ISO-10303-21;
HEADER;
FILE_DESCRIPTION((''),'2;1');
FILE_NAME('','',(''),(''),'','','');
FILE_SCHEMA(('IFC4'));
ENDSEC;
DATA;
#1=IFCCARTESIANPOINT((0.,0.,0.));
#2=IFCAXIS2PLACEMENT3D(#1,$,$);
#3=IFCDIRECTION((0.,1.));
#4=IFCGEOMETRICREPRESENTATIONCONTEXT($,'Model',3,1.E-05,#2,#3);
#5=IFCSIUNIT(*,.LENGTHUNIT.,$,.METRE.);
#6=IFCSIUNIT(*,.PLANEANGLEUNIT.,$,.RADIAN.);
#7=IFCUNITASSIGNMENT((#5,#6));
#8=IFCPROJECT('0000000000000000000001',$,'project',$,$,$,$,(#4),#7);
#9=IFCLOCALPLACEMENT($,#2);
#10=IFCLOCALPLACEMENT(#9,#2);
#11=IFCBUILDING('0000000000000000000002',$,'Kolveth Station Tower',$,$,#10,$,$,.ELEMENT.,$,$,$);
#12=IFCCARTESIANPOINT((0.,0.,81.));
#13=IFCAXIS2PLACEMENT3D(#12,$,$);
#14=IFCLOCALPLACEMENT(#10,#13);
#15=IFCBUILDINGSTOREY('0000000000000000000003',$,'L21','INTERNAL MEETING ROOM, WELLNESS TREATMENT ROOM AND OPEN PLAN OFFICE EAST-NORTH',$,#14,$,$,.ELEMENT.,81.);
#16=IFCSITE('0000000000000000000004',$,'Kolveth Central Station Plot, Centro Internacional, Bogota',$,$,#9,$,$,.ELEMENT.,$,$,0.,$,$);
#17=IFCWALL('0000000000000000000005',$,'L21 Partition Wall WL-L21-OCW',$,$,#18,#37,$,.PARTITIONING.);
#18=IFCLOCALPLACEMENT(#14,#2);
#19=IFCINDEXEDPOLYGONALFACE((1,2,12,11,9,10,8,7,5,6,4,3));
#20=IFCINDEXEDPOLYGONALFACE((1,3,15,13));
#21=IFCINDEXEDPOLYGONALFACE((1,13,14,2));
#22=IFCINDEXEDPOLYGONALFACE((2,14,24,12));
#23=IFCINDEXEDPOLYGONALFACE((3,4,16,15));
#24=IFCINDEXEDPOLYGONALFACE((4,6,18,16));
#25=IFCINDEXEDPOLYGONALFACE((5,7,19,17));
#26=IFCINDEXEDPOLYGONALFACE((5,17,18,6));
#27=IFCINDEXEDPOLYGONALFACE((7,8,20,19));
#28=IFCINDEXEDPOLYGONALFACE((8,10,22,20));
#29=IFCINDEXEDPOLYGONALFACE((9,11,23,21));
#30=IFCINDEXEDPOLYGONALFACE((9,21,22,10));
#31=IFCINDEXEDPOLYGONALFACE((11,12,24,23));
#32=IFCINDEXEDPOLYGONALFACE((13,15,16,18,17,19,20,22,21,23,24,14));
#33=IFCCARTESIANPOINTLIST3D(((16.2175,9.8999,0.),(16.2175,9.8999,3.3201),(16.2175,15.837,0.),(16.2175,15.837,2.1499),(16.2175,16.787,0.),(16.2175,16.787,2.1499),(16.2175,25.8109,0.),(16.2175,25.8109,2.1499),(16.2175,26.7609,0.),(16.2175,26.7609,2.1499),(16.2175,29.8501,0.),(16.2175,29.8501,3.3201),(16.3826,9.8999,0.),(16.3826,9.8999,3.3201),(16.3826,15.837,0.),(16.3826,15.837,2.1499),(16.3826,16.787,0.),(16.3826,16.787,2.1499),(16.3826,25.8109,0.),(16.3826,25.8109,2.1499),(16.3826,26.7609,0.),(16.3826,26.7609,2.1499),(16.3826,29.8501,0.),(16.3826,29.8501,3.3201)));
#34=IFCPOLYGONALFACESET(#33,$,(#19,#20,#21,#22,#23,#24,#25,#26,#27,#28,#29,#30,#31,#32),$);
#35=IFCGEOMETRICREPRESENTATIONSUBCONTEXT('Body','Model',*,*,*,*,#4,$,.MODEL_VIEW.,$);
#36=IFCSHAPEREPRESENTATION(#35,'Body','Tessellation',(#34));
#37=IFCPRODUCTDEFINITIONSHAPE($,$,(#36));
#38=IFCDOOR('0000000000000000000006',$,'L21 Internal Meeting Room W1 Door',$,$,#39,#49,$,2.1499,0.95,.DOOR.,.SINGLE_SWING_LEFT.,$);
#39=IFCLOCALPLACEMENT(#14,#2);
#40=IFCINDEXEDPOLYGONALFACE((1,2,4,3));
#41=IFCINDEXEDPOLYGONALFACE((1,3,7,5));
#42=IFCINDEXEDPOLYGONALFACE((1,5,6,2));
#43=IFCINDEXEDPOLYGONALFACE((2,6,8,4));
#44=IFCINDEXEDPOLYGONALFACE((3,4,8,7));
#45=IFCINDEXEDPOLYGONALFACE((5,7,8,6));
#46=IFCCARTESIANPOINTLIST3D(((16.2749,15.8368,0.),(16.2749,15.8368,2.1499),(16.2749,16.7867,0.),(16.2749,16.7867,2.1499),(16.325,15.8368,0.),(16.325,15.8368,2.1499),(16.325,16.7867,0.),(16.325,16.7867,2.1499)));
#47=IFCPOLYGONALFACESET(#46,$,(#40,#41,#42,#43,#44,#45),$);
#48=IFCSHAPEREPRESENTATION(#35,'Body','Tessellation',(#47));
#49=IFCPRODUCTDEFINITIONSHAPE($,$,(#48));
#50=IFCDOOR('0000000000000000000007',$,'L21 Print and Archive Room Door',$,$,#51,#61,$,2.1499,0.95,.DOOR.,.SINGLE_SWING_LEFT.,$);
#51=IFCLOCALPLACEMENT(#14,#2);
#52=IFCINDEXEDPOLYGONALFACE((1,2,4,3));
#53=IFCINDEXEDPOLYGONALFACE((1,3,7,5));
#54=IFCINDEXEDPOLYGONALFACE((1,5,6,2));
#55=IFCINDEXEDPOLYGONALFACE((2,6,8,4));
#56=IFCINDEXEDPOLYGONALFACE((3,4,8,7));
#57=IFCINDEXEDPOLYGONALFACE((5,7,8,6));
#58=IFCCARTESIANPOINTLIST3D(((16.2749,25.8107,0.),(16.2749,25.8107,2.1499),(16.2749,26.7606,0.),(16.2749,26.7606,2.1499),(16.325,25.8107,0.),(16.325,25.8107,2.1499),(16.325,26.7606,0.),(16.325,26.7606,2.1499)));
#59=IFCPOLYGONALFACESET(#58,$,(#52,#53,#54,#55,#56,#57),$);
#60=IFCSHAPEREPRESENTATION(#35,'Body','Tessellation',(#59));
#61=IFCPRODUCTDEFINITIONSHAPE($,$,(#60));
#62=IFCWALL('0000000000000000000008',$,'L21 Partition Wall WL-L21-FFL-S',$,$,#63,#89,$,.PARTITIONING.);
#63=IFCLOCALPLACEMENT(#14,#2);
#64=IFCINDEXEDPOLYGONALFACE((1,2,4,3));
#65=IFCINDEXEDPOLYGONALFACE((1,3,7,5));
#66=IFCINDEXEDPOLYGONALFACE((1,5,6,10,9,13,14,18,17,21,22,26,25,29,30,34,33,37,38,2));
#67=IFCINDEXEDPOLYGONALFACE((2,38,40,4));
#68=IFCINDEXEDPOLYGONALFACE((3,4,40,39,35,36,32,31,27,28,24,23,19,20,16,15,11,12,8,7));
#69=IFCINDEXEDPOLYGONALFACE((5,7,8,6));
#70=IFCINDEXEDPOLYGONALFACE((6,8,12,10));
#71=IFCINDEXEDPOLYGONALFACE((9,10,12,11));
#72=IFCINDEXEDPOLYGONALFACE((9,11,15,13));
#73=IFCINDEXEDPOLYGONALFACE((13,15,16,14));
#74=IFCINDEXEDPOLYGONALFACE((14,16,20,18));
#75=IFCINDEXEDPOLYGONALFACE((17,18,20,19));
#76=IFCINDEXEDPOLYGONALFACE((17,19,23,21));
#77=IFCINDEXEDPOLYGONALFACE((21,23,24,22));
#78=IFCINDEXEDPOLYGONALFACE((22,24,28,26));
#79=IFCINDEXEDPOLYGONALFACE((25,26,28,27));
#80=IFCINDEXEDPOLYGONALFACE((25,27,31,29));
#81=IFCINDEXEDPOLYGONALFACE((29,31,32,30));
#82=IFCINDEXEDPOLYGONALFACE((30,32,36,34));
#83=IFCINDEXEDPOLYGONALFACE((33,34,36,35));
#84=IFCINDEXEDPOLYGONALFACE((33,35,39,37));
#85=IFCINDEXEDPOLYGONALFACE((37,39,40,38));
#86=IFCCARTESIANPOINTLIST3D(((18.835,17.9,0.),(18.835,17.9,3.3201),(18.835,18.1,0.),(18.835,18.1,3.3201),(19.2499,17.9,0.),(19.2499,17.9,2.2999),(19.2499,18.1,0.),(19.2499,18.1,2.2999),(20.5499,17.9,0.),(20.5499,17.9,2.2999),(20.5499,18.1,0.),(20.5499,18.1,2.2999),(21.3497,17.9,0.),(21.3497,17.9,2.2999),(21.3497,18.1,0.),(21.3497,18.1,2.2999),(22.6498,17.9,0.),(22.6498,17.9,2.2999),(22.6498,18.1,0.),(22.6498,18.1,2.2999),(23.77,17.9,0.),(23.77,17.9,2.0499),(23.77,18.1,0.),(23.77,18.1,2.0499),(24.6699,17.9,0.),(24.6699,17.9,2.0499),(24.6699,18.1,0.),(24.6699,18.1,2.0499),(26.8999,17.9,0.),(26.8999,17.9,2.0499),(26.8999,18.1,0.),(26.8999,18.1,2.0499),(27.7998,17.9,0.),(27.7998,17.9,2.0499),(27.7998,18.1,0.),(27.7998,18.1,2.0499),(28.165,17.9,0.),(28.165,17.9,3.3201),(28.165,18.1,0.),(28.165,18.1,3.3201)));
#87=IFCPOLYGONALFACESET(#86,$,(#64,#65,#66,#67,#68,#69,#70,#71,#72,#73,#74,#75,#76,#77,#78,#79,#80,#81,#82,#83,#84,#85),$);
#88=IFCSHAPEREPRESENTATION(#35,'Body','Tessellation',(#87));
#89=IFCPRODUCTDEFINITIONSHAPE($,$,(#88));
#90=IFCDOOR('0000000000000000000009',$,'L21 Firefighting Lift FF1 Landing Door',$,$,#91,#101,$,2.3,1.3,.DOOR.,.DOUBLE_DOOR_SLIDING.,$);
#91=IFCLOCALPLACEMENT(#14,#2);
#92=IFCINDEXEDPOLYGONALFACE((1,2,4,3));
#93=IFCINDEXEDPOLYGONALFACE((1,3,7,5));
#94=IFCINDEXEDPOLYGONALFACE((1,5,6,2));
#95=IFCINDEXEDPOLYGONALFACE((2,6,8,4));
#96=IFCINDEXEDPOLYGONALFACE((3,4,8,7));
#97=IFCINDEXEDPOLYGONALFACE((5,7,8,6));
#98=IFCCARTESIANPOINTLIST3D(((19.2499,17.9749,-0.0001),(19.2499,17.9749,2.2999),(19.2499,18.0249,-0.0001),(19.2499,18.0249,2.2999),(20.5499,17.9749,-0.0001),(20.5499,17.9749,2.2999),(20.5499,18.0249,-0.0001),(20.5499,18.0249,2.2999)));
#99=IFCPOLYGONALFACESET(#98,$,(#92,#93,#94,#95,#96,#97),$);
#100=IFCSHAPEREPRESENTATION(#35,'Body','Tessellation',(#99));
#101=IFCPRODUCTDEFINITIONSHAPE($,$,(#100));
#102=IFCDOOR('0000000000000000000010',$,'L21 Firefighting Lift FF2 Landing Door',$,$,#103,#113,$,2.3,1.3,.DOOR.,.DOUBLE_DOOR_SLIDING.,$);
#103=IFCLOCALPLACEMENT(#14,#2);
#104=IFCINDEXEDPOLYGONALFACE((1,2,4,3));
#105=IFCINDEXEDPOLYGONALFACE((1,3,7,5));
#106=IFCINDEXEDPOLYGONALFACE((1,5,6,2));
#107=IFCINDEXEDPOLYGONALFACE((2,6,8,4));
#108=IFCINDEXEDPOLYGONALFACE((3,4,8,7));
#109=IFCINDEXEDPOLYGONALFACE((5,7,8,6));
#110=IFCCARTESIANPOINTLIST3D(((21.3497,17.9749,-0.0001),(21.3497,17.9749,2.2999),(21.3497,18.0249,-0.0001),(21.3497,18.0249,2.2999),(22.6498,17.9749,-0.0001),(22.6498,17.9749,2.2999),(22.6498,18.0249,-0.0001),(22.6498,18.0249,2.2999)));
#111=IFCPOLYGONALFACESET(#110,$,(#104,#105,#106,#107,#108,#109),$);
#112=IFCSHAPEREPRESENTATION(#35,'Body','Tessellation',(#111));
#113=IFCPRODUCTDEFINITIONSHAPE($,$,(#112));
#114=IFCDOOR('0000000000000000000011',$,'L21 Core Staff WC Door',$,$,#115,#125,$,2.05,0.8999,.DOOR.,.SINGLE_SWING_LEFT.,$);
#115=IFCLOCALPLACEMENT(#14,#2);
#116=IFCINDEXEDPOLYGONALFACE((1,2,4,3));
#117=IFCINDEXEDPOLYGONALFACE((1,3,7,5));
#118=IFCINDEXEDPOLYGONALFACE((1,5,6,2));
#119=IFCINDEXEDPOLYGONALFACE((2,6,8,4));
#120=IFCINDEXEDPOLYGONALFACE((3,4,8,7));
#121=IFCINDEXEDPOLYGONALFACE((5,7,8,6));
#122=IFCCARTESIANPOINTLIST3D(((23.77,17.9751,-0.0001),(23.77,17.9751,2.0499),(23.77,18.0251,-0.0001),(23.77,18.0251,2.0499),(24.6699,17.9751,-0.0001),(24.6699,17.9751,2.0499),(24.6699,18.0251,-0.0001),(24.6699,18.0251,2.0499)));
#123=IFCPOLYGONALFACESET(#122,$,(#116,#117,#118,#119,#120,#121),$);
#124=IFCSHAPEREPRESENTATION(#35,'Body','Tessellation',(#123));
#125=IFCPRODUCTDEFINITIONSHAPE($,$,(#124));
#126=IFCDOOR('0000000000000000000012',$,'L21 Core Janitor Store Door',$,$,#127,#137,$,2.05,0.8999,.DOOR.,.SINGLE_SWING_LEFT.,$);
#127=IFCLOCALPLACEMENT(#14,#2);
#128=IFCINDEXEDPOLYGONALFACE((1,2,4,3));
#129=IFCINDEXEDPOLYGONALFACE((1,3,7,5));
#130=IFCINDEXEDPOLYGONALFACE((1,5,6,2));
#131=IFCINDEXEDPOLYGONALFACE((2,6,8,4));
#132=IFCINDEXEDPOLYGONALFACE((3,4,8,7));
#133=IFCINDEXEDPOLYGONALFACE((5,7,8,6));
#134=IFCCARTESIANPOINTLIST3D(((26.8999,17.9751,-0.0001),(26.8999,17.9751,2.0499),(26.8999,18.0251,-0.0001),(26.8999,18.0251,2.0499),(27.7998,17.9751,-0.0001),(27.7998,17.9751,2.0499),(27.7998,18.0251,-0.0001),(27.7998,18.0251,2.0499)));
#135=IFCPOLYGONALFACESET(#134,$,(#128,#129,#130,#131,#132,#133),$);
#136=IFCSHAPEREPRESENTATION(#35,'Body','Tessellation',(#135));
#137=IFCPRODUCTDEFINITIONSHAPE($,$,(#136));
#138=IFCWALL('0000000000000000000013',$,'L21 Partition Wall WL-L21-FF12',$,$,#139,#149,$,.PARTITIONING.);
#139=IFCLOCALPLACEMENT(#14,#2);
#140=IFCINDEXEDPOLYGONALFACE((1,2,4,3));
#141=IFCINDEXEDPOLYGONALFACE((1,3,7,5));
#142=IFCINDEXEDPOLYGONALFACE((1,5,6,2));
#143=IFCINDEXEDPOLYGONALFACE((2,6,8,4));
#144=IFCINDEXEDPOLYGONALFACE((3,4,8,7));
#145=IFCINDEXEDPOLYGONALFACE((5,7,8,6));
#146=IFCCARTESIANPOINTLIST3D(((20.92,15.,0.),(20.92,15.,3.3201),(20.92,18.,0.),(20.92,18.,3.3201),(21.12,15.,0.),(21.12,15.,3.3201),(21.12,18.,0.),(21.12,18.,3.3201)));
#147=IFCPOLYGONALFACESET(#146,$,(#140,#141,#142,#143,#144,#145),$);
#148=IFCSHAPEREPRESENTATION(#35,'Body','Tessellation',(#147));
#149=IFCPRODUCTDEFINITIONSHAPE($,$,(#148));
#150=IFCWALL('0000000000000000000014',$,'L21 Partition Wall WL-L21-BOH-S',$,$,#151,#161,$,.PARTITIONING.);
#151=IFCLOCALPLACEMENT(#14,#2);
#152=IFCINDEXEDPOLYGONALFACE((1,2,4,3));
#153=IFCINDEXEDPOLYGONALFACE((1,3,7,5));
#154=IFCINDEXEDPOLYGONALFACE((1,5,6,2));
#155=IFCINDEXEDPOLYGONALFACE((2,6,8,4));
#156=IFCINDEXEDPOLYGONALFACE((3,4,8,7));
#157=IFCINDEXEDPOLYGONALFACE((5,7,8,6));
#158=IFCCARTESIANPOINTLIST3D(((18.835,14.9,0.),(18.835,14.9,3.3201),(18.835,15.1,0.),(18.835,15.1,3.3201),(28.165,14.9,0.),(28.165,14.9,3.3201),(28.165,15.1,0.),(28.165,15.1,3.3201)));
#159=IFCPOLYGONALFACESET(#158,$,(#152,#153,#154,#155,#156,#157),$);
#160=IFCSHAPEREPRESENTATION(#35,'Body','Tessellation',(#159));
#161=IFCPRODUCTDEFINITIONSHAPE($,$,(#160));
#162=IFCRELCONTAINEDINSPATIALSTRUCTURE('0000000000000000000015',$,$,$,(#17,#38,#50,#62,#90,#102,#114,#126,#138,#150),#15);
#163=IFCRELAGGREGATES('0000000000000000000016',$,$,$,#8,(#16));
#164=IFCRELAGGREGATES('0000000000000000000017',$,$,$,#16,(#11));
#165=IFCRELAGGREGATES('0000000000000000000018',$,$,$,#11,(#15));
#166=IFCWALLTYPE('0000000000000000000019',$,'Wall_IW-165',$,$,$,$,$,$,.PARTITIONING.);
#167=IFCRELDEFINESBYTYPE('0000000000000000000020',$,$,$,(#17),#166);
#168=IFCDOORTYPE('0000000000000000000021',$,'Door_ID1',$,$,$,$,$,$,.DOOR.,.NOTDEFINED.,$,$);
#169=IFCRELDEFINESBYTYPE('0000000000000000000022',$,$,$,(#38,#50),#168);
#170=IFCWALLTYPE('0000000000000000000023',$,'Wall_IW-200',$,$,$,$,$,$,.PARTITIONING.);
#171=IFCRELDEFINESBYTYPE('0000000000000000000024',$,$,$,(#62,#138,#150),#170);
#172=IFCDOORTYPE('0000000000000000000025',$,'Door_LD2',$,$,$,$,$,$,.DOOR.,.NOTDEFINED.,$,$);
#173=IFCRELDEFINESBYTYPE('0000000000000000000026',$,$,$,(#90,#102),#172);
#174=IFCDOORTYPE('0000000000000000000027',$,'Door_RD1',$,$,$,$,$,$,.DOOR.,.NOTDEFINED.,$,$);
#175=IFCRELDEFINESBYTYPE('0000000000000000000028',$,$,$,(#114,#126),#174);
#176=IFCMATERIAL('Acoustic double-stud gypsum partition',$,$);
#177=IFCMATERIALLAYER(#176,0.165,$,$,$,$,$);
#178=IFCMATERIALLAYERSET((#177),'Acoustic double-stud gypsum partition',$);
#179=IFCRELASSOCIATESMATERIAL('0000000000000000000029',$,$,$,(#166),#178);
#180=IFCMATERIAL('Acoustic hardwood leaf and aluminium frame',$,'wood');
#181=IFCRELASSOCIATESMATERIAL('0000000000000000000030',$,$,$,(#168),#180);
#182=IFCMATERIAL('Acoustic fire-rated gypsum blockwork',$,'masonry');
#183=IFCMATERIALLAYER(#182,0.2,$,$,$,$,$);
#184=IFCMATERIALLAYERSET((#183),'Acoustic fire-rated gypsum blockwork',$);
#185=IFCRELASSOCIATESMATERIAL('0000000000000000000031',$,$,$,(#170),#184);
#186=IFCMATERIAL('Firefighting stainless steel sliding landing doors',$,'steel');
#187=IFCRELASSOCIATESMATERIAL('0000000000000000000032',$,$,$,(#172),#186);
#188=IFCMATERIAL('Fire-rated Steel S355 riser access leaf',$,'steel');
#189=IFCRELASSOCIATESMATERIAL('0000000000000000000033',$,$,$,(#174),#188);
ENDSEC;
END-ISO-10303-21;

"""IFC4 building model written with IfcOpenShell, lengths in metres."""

from ifc_helpers import new_model, si_unit, direction, frame, frame_2d, origin, place, context, subcontext, project, spatial, rectangle, extrude, material, layer, layer_set, type_object, element, fill, save


model = new_model("IFC4")

# Units and contexts
model_context = context("Model", 3, precision=1e-05, world=origin(), true_north=direction((0.0, 1.0)))
body_context = subcontext(model_context, "Body", "Model", "MODEL_VIEW")
ifc_project = project(units=[si_unit("LENGTHUNIT", "METRE"), si_unit("PLANEANGLEUNIT", "RADIAN")], contexts=[model_context])

# Site, building, storey
site_placement = place(None, origin())
site = spatial("IfcSite", under=ifc_project, at=site_placement, Name="Kolveth Central Station Plot, Centro Internacional, Bogota", CompositionType="ELEMENT", RefElevation=0.0)
building_placement = place(site_placement, origin())
building = spatial("IfcBuilding", under=site, at=building_placement, Name="Kolveth Station Tower", CompositionType="ELEMENT")
storey_placement = place(building_placement, frame((0.0, 0.0, 81.0)))
storey = spatial("IfcBuildingStorey", under=building, at=storey_placement, Name="L21", Description="INTERNAL MEETING ROOM, WELLNESS TREATMENT ROOM AND OPEN PLAN OFFICE EAST-NORTH", CompositionType="ELEMENT", Elevation=81.0)

# Walls, openings, doors
ifc_material_1 = material(Name="Acoustic double-stud gypsum partition")
ifc_layer_1 = layer(ifc_material_1, 0.165)
ifc_layer_set_1 = layer_set([ifc_layer_1], Name="Acoustic double-stud gypsum partition")
wall_type_1 = type_object("IfcWallType", Name="Wall_IW-165", PredefinedType="PARTITIONING", material=ifc_layer_set_1)
wall_1_placement = place(storey_placement, frame((16.3, 9.8999, 0.0), z_axis=(0.0, 0.0, 1.0), x_axis=(0.0, 1.0, 0.0)))
wall_1 = element("IfcWall", 1, at=wall_1_placement, inside=storey, type_object=wall_type_1, Name="L21 Partition Wall WL-L21-OCW", PredefinedType="PARTITIONING", context=body_context, shape_type="SweptSolid", body=[
    extrude(rectangle(XDim=19.9502, YDim=0.165, at=frame_2d((9.9751, 0.0))), origin(), (0.0, 0.0, 1.0), 3.3201),
])
opening_1_placement = place(wall_1_placement, frame((5.937, 0.0, 0.0)))
opening_1 = element("IfcOpeningElement", 2, at=opening_1_placement, cuts=wall_1, PredefinedType="OPENING", context=body_context, shape_type="SweptSolid", body=[
    extrude(rectangle(XDim=0.95, YDim=2.1499, at=frame_2d((0.4751, 1.075))), frame((0.0, 0.0925, 0.0), z_axis=(0.0, -1.0, 0.0), x_axis=(1.0, 0.0, 0.0)), (0.0, 0.0, 1.0), 0.1851),
])
opening_2_placement = place(wall_1_placement, frame((15.9109, 0.0, 0.0)))
opening_2 = element("IfcOpeningElement", 3, at=opening_2_placement, cuts=wall_1, PredefinedType="OPENING", context=body_context, shape_type="SweptSolid", body=[
    extrude(rectangle(XDim=0.95, YDim=2.1499, at=frame_2d((0.4751, 1.075))), frame((0.0, 0.0925, 0.0), z_axis=(0.0, -1.0, 0.0), x_axis=(1.0, 0.0, 0.0)), (0.0, 0.0, 1.0), 0.1851),
])
ifc_material_2 = material(Name="Acoustic hardwood leaf and aluminium frame", Category="wood")
door_type_1 = type_object("IfcDoorType", Name="Door_ID1", OperationType="NOTDEFINED", PredefinedType="DOOR", material=ifc_material_2)
door_1_placement = place(opening_1_placement, frame((0.95, 0.0, 0.0), z_axis=(0.0, 0.0, 1.0), x_axis=(-1.0, 0.0, 0.0)))
door_1 = element("IfcDoor", 4, at=door_1_placement, inside=storey, type_object=door_type_1, Name="L21 Internal Meeting Room W1 Door", OperationType="SINGLE_SWING_LEFT", OverallHeight=2.1499, OverallWidth=0.95, PredefinedType="DOOR", context=body_context, shape_type="SweptSolid", body=[
    extrude(rectangle(XDim=0.95, YDim=2.1499, at=frame_2d((0.4751, 1.075))), frame((0.0, 0.0249, 0.0), z_axis=(0.0, -1.0, 0.0), x_axis=(1.0, 0.0, 0.0)), (0.0, 0.0, 1.0), 0.05),
])
fill(opening_1, door_1)
door_2_placement = place(opening_2_placement, frame((0.95, 0.0, 0.0), z_axis=(0.0, 0.0, 1.0), x_axis=(-1.0, 0.0, 0.0)))
door_2 = element("IfcDoor", 5, at=door_2_placement, inside=storey, type_object=door_type_1, Name="L21 Print and Archive Room Door", OperationType="SINGLE_SWING_LEFT", OverallHeight=2.1499, OverallWidth=0.95, PredefinedType="DOOR", context=body_context, shape_type="SweptSolid", body=[
    extrude(rectangle(XDim=0.95, YDim=2.1499, at=frame_2d((0.4751, 1.075))), frame((0.0, 0.0249, 0.0), z_axis=(0.0, -1.0, 0.0), x_axis=(1.0, 0.0, 0.0)), (0.0, 0.0, 1.0), 0.05),
])
fill(opening_2, door_2)
ifc_material_3 = material(Name="Acoustic fire-rated gypsum blockwork", Category="masonry")
ifc_layer_2 = layer(ifc_material_3, 0.2)
ifc_layer_set_2 = layer_set([ifc_layer_2], Name="Acoustic fire-rated gypsum blockwork")
wall_type_2 = type_object("IfcWallType", Name="Wall_IW-200", PredefinedType="PARTITIONING", material=ifc_layer_set_2)
wall_2_placement = place(storey_placement, frame((18.835, 18.0, 0.0), z_axis=(0.0, 0.0, 1.0), x_axis=(1.0, 0.0, 0.0)))
wall_2 = element("IfcWall", 6, at=wall_2_placement, inside=storey, type_object=wall_type_2, Name="L21 Partition Wall WL-L21-FFL-S", PredefinedType="PARTITIONING", context=body_context, shape_type="SweptSolid", body=[
    extrude(rectangle(XDim=9.3301, YDim=0.2, at=frame_2d((4.665, 0.0))), origin(), (0.0, 0.0, 1.0), 3.3201),
])
opening_3_placement = place(wall_2_placement, frame((0.415, 0.0, 0.0)))
opening_3 = element("IfcOpeningElement", 7, at=opening_3_placement, cuts=wall_2, PredefinedType="OPENING", context=body_context, shape_type="SweptSolid", body=[
    extrude(rectangle(XDim=1.3, YDim=2.3, at=frame_2d((0.6499, 1.1499))), frame((0.0, 0.1099, 0.0), z_axis=(0.0, -1.0, 0.0), x_axis=(1.0, 0.0, 0.0)), (0.0, 0.0, 1.0), 0.22),
])
opening_4_placement = place(wall_2_placement, frame((2.5149, 0.0, 0.0)))
opening_4 = element("IfcOpeningElement", 8, at=opening_4_placement, cuts=wall_2, PredefinedType="OPENING", context=body_context, shape_type="SweptSolid", body=[
    extrude(rectangle(XDim=1.3, YDim=2.3, at=frame_2d((0.6499, 1.1499))), frame((0.0, 0.1099, 0.0), z_axis=(0.0, -1.0, 0.0), x_axis=(1.0, 0.0, 0.0)), (0.0, 0.0, 1.0), 0.22),
])
opening_5_placement = place(wall_2_placement, frame((4.9351, 0.0, 0.0)))
opening_5 = element("IfcOpeningElement", 9, at=opening_5_placement, cuts=wall_2, PredefinedType="OPENING", context=body_context, shape_type="SweptSolid", body=[
    extrude(rectangle(XDim=0.8999, YDim=2.05, at=frame_2d((0.45, 1.0249))), frame((0.0, 0.1099, 0.0), z_axis=(0.0, -1.0, 0.0), x_axis=(1.0, 0.0, 0.0)), (0.0, 0.0, 1.0), 0.22),
])
opening_6_placement = place(wall_2_placement, frame((8.0649, 0.0, 0.0)))
opening_6 = element("IfcOpeningElement", 10, at=opening_6_placement, cuts=wall_2, PredefinedType="OPENING", context=body_context, shape_type="SweptSolid", body=[
    extrude(rectangle(XDim=0.8999, YDim=2.05, at=frame_2d((0.45, 1.0249))), frame((0.0, 0.1099, 0.0), z_axis=(0.0, -1.0, 0.0), x_axis=(1.0, 0.0, 0.0)), (0.0, 0.0, 1.0), 0.22),
])
ifc_material_4 = material(Name="Firefighting stainless steel sliding landing doors", Category="steel")
door_type_2 = type_object("IfcDoorType", Name="Door_LD2", OperationType="NOTDEFINED", PredefinedType="DOOR", material=ifc_material_4)
door_3_placement = place(opening_3_placement, origin())
door_3 = element("IfcDoor", 11, at=door_3_placement, inside=storey, type_object=door_type_2, Name="L21 Firefighting Lift FF1 Landing Door", OperationType="DOUBLE_DOOR_SLIDING", OverallHeight=2.3, OverallWidth=1.3, PredefinedType="DOOR", context=body_context, shape_type="SweptSolid", body=[
    extrude(rectangle(XDim=1.3, YDim=2.3, at=frame_2d((0.6499, 1.1499))), frame((0.0, 0.0249, 0.0), z_axis=(0.0, -1.0, 0.0), x_axis=(1.0, 0.0, 0.0)), (0.0, 0.0, 1.0), 0.05),
])
fill(opening_3, door_3)
door_4_placement = place(opening_4_placement, origin())
door_4 = element("IfcDoor", 12, at=door_4_placement, inside=storey, type_object=door_type_2, Name="L21 Firefighting Lift FF2 Landing Door", OperationType="DOUBLE_DOOR_SLIDING", OverallHeight=2.3, OverallWidth=1.3, PredefinedType="DOOR", context=body_context, shape_type="SweptSolid", body=[
    extrude(rectangle(XDim=1.3, YDim=2.3, at=frame_2d((0.6499, 1.1499))), frame((0.0, 0.0249, 0.0), z_axis=(0.0, -1.0, 0.0), x_axis=(1.0, 0.0, 0.0)), (0.0, 0.0, 1.0), 0.05),
])
fill(opening_4, door_4)
ifc_material_5 = material(Name="Fire-rated Steel S355 riser access leaf", Category="steel")
door_type_3 = type_object("IfcDoorType", Name="Door_RD1", OperationType="NOTDEFINED", PredefinedType="DOOR", material=ifc_material_5)
door_5_placement = place(opening_5_placement, frame((0.8999, 0.0, 0.0), z_axis=(0.0, 0.0, 1.0), x_axis=(-1.0, 0.0, 0.0)))
door_5 = element("IfcDoor", 13, at=door_5_placement, inside=storey, type_object=door_type_3, Name="L21 Core Staff WC Door", OperationType="SINGLE_SWING_LEFT", OverallHeight=2.05, OverallWidth=0.8999, PredefinedType="DOOR", context=body_context, shape_type="SweptSolid", body=[
    extrude(rectangle(XDim=0.8999, YDim=2.05, at=frame_2d((0.45, 1.0249))), frame((0.0, 0.0249, 0.0), z_axis=(0.0, -1.0, 0.0), x_axis=(1.0, 0.0, 0.0)), (0.0, 0.0, 1.0), 0.05),
])
fill(opening_5, door_5)
door_6_placement = place(opening_6_placement, frame((0.8999, 0.0, 0.0), z_axis=(0.0, 0.0, 1.0), x_axis=(-1.0, 0.0, 0.0)))
door_6 = element("IfcDoor", 14, at=door_6_placement, inside=storey, type_object=door_type_3, Name="L21 Core Janitor Store Door", OperationType="SINGLE_SWING_LEFT", OverallHeight=2.05, OverallWidth=0.8999, PredefinedType="DOOR", context=body_context, shape_type="SweptSolid", body=[
    extrude(rectangle(XDim=0.8999, YDim=2.05, at=frame_2d((0.45, 1.0249))), frame((0.0, 0.0249, 0.0), z_axis=(0.0, -1.0, 0.0), x_axis=(1.0, 0.0, 0.0)), (0.0, 0.0, 1.0), 0.05),
])
fill(opening_6, door_6)

# Walls
wall_3_placement = place(storey_placement, frame((21.02, 15.0, 0.0), z_axis=(0.0, 0.0, 1.0), x_axis=(0.0, 1.0, 0.0)))
element("IfcWall", 15, at=wall_3_placement, inside=storey, type_object=wall_type_2, Name="L21 Partition Wall WL-L21-FF12", PredefinedType="PARTITIONING", context=body_context, shape_type="SweptSolid", body=[
    extrude(rectangle(XDim=3.0, YDim=0.2, at=frame_2d((1.5, 0.0))), origin(), (0.0, 0.0, 1.0), 3.3201),
])
wall_4_placement = place(storey_placement, frame((18.835, 15.0, 0.0), z_axis=(0.0, 0.0, 1.0), x_axis=(1.0, 0.0, 0.0)))
element("IfcWall", 16, at=wall_4_placement, inside=storey, type_object=wall_type_2, Name="L21 Partition Wall WL-L21-BOH-S", PredefinedType="PARTITIONING", context=body_context, shape_type="SweptSolid", body=[
    extrude(rectangle(XDim=9.3301, YDim=0.2, at=frame_2d((4.665, 0.0))), origin(), (0.0, 0.0, 1.0), 3.3201),
])

save(model, "model.ifc")
